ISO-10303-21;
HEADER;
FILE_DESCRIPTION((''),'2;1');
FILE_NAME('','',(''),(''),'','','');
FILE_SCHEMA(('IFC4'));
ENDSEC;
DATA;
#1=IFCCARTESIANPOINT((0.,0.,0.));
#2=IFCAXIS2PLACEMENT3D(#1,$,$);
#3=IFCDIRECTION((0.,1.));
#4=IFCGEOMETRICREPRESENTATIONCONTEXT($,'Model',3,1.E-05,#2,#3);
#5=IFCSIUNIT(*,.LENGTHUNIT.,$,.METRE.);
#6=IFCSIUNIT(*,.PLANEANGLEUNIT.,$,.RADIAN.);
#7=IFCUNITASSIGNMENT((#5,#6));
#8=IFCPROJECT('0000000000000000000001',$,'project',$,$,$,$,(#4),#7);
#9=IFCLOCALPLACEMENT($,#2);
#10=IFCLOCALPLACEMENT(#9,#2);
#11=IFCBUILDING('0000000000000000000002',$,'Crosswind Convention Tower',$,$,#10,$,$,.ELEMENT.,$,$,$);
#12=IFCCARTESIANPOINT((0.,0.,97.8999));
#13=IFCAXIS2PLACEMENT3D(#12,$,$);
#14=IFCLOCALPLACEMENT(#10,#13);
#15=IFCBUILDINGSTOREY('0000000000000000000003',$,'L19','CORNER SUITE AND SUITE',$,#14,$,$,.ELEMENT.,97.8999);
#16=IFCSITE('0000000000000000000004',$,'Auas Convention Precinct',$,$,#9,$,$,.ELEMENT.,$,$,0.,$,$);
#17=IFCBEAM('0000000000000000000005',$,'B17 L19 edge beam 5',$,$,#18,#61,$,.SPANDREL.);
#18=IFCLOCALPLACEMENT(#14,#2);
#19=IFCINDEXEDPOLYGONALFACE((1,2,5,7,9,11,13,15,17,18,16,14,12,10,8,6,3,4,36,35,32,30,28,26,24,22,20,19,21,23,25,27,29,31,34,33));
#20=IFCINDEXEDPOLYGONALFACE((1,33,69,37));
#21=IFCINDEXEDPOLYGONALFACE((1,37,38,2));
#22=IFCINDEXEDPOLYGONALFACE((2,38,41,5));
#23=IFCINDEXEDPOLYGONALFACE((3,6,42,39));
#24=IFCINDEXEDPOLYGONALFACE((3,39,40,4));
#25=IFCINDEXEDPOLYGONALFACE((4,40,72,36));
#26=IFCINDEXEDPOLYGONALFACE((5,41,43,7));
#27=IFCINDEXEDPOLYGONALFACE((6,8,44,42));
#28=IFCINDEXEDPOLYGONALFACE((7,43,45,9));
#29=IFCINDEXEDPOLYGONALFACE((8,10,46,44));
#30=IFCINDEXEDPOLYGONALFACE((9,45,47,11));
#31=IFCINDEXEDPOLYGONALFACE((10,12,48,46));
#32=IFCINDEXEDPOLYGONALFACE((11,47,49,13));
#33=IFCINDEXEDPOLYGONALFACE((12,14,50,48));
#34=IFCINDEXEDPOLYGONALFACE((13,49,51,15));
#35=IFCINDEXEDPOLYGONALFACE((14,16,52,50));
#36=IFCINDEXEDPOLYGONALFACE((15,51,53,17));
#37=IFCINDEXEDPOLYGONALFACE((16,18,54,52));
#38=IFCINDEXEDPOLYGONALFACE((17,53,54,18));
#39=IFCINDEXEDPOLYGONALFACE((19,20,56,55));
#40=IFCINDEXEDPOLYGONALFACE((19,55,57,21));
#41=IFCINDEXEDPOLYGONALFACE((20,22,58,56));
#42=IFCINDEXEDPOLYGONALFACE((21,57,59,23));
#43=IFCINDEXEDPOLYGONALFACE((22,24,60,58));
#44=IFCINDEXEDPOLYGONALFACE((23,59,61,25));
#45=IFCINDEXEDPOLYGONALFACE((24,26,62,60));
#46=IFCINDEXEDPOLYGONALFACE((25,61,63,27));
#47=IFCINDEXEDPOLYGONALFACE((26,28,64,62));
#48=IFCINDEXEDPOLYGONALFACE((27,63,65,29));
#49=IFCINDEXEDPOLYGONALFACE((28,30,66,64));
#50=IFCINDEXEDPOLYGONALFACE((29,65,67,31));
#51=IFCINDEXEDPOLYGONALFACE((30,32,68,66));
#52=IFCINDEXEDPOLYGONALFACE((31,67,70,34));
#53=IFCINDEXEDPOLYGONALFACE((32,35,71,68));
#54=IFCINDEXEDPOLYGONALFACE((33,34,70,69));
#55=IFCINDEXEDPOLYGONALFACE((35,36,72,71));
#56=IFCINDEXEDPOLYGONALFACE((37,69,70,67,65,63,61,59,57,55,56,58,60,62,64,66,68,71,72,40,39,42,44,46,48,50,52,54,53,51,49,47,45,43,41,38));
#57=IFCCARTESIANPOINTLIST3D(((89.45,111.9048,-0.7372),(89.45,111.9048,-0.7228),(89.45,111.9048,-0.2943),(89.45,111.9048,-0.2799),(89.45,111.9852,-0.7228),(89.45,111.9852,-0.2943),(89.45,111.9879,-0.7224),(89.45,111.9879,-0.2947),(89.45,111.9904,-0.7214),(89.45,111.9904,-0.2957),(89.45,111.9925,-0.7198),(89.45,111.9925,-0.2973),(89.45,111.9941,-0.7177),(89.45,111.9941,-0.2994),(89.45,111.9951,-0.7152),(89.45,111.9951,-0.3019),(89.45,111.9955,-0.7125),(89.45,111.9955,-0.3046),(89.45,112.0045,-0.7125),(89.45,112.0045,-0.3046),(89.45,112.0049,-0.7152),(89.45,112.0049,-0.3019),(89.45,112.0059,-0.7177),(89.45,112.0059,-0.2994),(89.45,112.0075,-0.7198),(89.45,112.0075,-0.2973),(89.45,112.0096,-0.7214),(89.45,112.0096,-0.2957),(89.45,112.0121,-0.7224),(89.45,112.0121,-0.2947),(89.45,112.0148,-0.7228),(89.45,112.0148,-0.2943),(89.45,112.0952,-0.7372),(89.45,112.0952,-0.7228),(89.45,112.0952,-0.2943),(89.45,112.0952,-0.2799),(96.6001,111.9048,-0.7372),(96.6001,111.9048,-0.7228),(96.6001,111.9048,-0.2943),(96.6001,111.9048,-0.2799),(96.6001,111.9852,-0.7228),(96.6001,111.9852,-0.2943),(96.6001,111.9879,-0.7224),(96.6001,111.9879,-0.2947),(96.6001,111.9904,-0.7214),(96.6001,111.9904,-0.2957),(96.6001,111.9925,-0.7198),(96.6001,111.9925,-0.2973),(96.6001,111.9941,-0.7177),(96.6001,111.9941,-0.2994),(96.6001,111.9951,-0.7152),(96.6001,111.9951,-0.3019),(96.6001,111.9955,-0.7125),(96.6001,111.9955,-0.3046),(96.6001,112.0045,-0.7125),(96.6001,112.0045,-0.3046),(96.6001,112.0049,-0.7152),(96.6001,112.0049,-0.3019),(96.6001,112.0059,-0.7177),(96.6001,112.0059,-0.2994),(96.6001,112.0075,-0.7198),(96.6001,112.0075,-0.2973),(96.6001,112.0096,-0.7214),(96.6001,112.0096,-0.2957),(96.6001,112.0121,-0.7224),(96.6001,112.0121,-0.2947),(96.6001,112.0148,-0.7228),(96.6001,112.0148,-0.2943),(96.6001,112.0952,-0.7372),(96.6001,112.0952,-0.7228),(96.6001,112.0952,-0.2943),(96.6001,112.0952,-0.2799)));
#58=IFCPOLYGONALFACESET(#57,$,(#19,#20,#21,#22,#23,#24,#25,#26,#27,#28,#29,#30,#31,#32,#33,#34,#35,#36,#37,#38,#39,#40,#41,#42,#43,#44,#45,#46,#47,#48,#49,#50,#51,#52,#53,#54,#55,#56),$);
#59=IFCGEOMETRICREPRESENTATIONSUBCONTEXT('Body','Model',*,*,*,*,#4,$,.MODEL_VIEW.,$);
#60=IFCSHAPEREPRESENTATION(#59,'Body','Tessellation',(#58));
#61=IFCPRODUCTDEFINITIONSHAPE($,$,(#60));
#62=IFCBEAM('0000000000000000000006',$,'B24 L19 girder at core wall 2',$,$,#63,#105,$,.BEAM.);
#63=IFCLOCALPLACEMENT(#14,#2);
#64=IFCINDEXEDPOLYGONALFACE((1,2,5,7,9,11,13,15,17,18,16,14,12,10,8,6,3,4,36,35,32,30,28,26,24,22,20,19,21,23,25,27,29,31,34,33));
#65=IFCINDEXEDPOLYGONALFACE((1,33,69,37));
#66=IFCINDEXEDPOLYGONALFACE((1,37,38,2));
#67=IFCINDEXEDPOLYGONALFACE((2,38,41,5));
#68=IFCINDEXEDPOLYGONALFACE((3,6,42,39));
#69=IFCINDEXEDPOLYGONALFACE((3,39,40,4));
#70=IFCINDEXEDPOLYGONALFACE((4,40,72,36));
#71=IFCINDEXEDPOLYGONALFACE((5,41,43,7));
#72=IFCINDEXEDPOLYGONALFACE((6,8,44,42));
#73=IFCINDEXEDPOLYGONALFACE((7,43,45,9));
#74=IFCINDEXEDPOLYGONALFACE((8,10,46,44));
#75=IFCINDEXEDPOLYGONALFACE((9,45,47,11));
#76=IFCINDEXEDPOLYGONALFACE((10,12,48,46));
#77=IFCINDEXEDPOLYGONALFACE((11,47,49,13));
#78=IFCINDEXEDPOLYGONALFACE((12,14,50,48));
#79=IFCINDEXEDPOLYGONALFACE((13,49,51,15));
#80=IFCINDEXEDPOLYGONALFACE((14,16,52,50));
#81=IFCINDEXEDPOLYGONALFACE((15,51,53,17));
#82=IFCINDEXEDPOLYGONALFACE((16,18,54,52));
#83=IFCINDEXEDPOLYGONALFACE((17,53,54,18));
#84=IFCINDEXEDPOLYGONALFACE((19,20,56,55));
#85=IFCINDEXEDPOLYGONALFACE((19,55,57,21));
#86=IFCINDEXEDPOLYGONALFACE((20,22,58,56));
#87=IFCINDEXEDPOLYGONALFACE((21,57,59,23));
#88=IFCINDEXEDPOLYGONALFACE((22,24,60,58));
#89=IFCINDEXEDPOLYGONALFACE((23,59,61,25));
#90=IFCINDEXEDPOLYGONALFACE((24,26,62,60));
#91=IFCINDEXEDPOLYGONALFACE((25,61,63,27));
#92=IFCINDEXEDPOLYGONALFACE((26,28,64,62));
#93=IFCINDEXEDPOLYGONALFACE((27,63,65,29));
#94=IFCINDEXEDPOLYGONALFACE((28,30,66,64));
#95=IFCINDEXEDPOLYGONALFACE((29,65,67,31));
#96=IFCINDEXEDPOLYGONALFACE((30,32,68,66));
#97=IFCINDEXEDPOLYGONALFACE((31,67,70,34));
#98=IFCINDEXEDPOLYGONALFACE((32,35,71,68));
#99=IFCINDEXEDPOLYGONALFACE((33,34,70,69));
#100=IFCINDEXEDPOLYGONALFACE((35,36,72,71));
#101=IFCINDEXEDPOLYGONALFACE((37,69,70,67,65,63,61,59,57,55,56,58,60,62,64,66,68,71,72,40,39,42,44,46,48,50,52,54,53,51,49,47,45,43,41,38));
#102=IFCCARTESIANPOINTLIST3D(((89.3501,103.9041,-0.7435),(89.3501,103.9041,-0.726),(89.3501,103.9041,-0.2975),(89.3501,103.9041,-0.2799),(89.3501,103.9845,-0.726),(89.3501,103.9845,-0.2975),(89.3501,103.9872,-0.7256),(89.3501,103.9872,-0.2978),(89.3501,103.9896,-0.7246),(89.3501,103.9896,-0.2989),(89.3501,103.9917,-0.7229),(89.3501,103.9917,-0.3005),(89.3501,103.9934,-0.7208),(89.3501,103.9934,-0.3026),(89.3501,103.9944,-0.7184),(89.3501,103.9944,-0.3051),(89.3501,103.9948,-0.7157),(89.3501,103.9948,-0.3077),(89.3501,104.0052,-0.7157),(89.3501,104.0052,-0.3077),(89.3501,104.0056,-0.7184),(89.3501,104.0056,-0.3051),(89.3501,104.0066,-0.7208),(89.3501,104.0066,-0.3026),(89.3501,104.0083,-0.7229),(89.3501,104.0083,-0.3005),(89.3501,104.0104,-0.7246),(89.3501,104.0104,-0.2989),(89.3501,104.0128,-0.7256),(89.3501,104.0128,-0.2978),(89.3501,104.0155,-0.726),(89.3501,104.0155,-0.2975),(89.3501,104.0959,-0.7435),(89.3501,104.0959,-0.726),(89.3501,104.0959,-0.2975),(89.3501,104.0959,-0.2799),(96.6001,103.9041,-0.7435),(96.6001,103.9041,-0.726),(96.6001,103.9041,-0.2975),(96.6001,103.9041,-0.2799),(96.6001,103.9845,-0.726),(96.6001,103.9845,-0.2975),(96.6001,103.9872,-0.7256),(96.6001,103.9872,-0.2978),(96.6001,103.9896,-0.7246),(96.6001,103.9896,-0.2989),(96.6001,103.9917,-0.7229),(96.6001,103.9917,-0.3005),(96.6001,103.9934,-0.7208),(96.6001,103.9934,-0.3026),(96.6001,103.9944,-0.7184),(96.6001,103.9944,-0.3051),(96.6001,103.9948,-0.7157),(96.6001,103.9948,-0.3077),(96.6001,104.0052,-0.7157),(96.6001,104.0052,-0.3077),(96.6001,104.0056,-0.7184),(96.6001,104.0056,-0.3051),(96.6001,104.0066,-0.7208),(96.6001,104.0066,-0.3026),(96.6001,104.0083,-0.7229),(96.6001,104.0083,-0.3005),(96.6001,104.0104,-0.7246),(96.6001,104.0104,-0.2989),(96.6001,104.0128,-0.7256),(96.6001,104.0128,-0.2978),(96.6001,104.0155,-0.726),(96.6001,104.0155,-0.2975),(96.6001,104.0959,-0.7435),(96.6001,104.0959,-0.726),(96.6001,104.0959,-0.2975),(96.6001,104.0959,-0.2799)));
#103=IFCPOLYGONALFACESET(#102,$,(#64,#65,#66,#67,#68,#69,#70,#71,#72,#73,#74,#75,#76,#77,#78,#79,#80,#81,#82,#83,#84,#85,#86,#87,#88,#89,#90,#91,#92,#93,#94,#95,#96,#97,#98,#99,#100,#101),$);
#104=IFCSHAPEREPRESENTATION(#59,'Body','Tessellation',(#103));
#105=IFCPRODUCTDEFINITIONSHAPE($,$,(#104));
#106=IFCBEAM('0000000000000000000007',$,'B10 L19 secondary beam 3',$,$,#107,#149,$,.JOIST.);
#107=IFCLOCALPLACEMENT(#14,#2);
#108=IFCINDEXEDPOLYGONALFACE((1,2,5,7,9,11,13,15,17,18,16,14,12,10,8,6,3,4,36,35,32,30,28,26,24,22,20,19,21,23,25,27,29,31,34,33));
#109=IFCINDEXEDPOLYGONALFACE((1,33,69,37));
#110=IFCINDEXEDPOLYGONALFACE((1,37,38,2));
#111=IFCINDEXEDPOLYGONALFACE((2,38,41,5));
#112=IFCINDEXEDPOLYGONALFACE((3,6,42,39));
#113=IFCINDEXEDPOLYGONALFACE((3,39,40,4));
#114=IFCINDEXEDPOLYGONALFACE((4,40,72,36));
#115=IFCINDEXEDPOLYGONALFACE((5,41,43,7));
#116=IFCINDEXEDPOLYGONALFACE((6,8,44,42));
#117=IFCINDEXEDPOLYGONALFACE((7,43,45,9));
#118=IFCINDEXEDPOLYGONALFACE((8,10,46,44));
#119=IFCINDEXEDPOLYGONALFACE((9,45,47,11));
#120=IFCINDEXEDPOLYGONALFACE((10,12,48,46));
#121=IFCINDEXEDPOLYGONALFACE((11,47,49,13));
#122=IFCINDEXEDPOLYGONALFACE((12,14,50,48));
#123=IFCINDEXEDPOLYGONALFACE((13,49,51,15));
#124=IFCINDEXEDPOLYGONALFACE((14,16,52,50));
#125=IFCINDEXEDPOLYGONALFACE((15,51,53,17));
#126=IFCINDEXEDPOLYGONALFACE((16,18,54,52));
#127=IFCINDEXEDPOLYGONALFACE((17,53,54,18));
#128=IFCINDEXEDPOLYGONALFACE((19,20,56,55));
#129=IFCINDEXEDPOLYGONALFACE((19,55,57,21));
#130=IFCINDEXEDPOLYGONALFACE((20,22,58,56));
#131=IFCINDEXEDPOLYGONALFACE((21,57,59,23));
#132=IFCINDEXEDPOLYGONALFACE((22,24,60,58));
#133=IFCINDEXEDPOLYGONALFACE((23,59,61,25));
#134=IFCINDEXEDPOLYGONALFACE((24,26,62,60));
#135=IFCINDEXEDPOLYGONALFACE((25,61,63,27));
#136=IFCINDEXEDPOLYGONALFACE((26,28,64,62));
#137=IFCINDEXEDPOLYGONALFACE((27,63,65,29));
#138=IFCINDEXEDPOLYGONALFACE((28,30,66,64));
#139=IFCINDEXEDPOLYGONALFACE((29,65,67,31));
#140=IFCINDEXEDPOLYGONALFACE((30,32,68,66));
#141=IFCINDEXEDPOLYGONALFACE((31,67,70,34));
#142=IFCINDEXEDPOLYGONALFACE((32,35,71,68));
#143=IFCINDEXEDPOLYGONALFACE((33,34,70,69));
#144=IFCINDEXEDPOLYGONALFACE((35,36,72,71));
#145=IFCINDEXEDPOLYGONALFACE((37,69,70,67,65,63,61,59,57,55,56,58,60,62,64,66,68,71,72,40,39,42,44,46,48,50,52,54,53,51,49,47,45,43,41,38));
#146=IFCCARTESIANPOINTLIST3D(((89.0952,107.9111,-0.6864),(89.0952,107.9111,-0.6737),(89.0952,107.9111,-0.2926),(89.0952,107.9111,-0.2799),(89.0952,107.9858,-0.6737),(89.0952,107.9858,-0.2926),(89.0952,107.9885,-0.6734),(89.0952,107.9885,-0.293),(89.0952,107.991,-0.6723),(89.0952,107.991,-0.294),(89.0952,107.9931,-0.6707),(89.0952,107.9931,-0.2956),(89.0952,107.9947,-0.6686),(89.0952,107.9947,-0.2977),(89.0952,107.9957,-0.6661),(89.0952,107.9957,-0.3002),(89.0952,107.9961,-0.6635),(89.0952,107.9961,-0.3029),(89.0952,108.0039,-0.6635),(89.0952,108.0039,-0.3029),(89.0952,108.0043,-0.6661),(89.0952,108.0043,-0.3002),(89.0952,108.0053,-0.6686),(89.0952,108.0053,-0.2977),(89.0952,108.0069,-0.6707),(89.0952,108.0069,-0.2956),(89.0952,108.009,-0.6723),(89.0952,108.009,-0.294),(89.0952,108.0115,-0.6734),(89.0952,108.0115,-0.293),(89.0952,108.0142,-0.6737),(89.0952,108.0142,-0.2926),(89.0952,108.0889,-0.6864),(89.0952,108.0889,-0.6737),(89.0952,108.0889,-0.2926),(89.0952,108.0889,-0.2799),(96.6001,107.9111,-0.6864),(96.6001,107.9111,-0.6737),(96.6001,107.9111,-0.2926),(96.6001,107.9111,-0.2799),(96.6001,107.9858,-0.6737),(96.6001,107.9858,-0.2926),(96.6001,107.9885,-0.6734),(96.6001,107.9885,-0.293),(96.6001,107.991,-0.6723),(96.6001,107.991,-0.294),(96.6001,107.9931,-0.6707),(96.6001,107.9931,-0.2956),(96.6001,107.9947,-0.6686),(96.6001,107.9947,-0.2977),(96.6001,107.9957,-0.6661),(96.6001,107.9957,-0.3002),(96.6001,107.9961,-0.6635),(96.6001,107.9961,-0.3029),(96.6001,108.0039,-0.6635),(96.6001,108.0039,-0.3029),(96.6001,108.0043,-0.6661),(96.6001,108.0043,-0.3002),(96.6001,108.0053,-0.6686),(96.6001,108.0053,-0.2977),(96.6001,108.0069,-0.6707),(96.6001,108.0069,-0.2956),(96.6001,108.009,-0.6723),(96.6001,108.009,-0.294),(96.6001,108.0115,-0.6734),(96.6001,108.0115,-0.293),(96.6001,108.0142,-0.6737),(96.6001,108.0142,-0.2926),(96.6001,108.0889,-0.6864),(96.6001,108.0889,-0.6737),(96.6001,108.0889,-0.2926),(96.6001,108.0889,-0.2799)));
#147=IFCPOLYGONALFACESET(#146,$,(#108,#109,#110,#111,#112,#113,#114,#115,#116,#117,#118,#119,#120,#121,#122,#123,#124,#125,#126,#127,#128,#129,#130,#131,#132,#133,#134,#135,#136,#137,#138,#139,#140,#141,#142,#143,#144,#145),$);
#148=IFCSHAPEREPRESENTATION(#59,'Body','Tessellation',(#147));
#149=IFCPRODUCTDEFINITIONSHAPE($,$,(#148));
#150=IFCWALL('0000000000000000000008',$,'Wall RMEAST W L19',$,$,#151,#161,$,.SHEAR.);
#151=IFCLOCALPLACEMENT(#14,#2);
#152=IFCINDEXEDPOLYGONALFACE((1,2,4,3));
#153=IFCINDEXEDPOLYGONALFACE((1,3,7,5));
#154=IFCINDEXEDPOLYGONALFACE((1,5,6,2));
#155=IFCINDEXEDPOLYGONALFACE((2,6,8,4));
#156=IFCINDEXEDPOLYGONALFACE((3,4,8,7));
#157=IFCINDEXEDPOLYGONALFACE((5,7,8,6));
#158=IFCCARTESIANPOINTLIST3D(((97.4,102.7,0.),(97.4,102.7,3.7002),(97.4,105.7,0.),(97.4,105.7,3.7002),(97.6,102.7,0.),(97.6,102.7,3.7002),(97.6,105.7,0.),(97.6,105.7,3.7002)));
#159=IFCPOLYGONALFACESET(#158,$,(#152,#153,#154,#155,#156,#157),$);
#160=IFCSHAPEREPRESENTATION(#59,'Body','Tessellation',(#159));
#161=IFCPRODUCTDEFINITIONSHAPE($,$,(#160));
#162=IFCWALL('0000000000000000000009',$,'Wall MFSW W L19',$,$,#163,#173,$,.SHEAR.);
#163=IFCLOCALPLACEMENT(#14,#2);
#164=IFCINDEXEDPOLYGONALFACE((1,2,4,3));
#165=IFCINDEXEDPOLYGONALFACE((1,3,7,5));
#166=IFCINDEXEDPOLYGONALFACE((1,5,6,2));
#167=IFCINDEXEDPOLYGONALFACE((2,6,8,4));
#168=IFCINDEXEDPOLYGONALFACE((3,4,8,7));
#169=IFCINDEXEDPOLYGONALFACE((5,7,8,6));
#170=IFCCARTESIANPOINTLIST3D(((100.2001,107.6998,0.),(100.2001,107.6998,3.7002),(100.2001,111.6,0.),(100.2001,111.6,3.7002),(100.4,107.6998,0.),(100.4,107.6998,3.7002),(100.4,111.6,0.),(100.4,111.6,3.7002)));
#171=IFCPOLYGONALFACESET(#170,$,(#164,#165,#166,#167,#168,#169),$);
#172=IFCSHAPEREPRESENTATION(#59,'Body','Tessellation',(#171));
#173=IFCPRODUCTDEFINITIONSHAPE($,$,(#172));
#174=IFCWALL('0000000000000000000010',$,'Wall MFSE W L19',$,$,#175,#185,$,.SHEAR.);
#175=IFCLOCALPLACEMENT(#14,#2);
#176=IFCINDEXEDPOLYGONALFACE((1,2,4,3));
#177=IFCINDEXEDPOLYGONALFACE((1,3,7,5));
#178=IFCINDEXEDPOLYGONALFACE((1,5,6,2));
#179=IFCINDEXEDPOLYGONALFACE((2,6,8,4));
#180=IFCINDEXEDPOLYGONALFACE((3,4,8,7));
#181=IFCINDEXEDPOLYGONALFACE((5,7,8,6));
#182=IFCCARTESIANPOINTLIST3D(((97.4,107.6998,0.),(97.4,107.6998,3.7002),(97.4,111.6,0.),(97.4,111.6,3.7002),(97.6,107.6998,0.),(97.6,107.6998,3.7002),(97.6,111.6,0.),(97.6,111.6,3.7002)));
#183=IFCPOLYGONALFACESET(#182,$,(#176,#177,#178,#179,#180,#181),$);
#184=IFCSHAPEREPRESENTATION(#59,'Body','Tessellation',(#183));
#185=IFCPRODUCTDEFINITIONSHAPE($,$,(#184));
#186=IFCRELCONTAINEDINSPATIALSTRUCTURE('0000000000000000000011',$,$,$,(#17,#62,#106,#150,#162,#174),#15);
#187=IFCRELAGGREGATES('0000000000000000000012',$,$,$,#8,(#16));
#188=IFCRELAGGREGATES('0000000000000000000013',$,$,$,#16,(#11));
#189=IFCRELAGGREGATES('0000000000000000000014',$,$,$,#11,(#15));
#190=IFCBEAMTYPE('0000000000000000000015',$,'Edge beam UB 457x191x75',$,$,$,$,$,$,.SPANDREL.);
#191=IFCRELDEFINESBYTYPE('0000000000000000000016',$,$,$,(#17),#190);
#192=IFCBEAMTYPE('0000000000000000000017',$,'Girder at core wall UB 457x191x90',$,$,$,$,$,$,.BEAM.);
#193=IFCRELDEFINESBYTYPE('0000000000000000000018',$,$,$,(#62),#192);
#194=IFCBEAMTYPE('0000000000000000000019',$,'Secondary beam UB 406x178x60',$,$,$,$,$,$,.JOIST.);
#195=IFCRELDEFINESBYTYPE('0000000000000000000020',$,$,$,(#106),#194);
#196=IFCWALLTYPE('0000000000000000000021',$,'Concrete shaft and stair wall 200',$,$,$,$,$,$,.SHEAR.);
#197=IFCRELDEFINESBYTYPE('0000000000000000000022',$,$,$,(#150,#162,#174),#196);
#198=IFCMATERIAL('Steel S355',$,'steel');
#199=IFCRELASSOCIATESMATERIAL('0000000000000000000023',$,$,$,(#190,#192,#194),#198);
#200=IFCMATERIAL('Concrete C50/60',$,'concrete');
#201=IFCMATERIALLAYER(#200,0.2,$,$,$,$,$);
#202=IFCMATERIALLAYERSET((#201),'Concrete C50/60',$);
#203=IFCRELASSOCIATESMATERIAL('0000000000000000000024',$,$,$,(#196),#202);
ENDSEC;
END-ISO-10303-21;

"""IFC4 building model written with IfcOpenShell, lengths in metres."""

from ifc_helpers import new_model, si_unit, direction, frame, frame_2d, origin, origin_2d, place, context, subcontext, project, spatial, rectangle, i_section, extrude, material, layer, layer_set, material_profile, profile_set, type_object, element, save


model = new_model("IFC4")

# Units and contexts
model_context = context("Model", 3, precision=1e-05, world=origin(), true_north=direction((0.0, 1.0)))
body_context = subcontext(model_context, "Body", "Model", "MODEL_VIEW")
ifc_project = project(units=[si_unit("LENGTHUNIT", "METRE"), si_unit("PLANEANGLEUNIT", "RADIAN")], contexts=[model_context])

# Site, building, storey
site_placement = place(None, origin())
site = spatial("IfcSite", under=ifc_project, at=site_placement, Name="Auas Convention Precinct", CompositionType="ELEMENT", RefElevation=0.0)
building_placement = place(site_placement, origin())
building = spatial("IfcBuilding", under=site, at=building_placement, Name="Crosswind Convention Tower", CompositionType="ELEMENT")
storey_placement = place(building_placement, frame((0.0, 0.0, 97.8999)))
storey = spatial("IfcBuildingStorey", under=building, at=storey_placement, Name="L19", Description="CORNER SUITE AND SUITE", CompositionType="ELEMENT", Elevation=97.8999)

# Beams
ifc_material_1 = material(Name="Steel S355", Category="steel")
ifc_material_profile_1 = material_profile(ifc_material_1, i_section(OverallWidth=0.1904, OverallDepth=0.4573, WebThickness=0.009, FlangeThickness=0.0144, FilletRadius=0.0103, at=origin_2d()), Name="UB 457x191x75")
ifc_profile_set_1 = profile_set([ifc_material_profile_1], Name="Steel S355")
beam_type_1 = type_object("IfcBeamType", Name="Edge beam UB 457x191x75", PredefinedType="SPANDREL", material=ifc_profile_set_1)
beam_1_placement = place(storey_placement, frame((89.45, 112.0, -0.5085), z_axis=(1.0, 0.0, 0.0), x_axis=(0.0, 1.0, 0.0)))
element("IfcBeam", 1, at=beam_1_placement, inside=storey, type_object=beam_type_1, Name="B17 L19 edge beam 5", PredefinedType="SPANDREL", context=body_context, shape_type="SweptSolid", body=[
    extrude(i_section(OverallWidth=0.1904, OverallDepth=0.4573, WebThickness=0.009, FlangeThickness=0.0144, FilletRadius=0.0103, at=origin_2d()), origin(), (0.0, 0.0, 1.0), 7.1501),
])
ifc_material_profile_2 = material_profile(ifc_material_1, i_section(OverallWidth=0.1919, OverallDepth=0.4636, WebThickness=0.0105, FlangeThickness=0.0176, FilletRadius=0.0103, at=origin_2d()), Name="UB 457x191x90")
ifc_profile_set_2 = profile_set([ifc_material_profile_2], Name="Steel S355")
beam_type_2 = type_object("IfcBeamType", Name="Girder at core wall UB 457x191x90", PredefinedType="BEAM", material=ifc_profile_set_2)
beam_2_placement = place(storey_placement, frame((89.3501, 104.0, -0.5117), z_axis=(1.0, 0.0, 0.0), x_axis=(0.0, 1.0, 0.0)))
element("IfcBeam", 2, at=beam_2_placement, inside=storey, type_object=beam_type_2, Name="B24 L19 girder at core wall 2", PredefinedType="BEAM", context=body_context, shape_type="SweptSolid", body=[
    extrude(i_section(OverallWidth=0.1919, OverallDepth=0.4636, WebThickness=0.0105, FlangeThickness=0.0176, FilletRadius=0.0103, at=origin_2d()), origin(), (0.0, 0.0, 1.0), 7.25),
])
ifc_material_profile_3 = material_profile(ifc_material_1, i_section(OverallWidth=0.1777, OverallDepth=0.4065, WebThickness=0.0078, FlangeThickness=0.0127, FilletRadius=0.0103, at=origin_2d()), Name="UB 406x178x60")
ifc_profile_set_3 = profile_set([ifc_material_profile_3], Name="Steel S355")
beam_type_3 = type_object("IfcBeamType", Name="Secondary beam UB 406x178x60", PredefinedType="JOIST", material=ifc_profile_set_3)
beam_3_placement = place(storey_placement, frame((89.0952, 108.0, -0.4832), z_axis=(1.0, 0.0, 0.0), x_axis=(0.0, 1.0, 0.0)))
element("IfcBeam", 3, at=beam_3_placement, inside=storey, type_object=beam_type_3, Name="B10 L19 secondary beam 3", PredefinedType="JOIST", context=body_context, shape_type="SweptSolid", body=[
    extrude(i_section(OverallWidth=0.1777, OverallDepth=0.4065, WebThickness=0.0078, FlangeThickness=0.0127, FilletRadius=0.0103, at=origin_2d()), origin(), (0.0, 0.0, 1.0), 7.5049),
])

# Walls
ifc_material_2 = material(Name="Concrete C50/60", Category="concrete")
ifc_layer_1 = layer(ifc_material_2, 0.2)
ifc_layer_set_1 = layer_set([ifc_layer_1], Name="Concrete C50/60")
wall_type_1 = type_object("IfcWallType", Name="Concrete shaft and stair wall 200", PredefinedType="SHEAR", material=ifc_layer_set_1)
wall_1_placement = place(storey_placement, frame((97.5, 105.7, 0.0), z_axis=(0.0, 0.0, 1.0), x_axis=(0.0, -1.0, 0.0)))
element("IfcWall", 4, at=wall_1_placement, inside=storey, type_object=wall_type_1, Name="Wall RMEAST W L19", PredefinedType="SHEAR", context=body_context, shape_type="SweptSolid", body=[
    extrude(rectangle(XDim=3.0, YDim=0.2, at=frame_2d((1.5, 0.0))), origin(), (0.0, 0.0, 1.0), 3.7002),
])
for number, where, z_axis, x_axis, name in (
    (5, (100.3, 111.6001, 0.0), (0.0, 0.0, 1.0), (0.0, -1.0, 0.0), "Wall MFSW W L19"),
    (6, (97.5, 111.6001, 0.0), (0.0, 0.0, 1.0), (0.0, -1.0, 0.0), "Wall MFSE W L19"),
):
    element("IfcWall", number, at=place(storey_placement, frame(where, z_axis=z_axis, x_axis=x_axis)), inside=storey, type_object=wall_type_1, Name=name, PredefinedType="SHEAR", context=body_context, shape_type="SweptSolid", body=[
        extrude(rectangle(XDim=3.9001, YDim=0.2, at=frame_2d((1.9502, 0.0))), origin(), (0.0, 0.0, 1.0), 3.7002),
    ])

save(model, "model.ifc")
